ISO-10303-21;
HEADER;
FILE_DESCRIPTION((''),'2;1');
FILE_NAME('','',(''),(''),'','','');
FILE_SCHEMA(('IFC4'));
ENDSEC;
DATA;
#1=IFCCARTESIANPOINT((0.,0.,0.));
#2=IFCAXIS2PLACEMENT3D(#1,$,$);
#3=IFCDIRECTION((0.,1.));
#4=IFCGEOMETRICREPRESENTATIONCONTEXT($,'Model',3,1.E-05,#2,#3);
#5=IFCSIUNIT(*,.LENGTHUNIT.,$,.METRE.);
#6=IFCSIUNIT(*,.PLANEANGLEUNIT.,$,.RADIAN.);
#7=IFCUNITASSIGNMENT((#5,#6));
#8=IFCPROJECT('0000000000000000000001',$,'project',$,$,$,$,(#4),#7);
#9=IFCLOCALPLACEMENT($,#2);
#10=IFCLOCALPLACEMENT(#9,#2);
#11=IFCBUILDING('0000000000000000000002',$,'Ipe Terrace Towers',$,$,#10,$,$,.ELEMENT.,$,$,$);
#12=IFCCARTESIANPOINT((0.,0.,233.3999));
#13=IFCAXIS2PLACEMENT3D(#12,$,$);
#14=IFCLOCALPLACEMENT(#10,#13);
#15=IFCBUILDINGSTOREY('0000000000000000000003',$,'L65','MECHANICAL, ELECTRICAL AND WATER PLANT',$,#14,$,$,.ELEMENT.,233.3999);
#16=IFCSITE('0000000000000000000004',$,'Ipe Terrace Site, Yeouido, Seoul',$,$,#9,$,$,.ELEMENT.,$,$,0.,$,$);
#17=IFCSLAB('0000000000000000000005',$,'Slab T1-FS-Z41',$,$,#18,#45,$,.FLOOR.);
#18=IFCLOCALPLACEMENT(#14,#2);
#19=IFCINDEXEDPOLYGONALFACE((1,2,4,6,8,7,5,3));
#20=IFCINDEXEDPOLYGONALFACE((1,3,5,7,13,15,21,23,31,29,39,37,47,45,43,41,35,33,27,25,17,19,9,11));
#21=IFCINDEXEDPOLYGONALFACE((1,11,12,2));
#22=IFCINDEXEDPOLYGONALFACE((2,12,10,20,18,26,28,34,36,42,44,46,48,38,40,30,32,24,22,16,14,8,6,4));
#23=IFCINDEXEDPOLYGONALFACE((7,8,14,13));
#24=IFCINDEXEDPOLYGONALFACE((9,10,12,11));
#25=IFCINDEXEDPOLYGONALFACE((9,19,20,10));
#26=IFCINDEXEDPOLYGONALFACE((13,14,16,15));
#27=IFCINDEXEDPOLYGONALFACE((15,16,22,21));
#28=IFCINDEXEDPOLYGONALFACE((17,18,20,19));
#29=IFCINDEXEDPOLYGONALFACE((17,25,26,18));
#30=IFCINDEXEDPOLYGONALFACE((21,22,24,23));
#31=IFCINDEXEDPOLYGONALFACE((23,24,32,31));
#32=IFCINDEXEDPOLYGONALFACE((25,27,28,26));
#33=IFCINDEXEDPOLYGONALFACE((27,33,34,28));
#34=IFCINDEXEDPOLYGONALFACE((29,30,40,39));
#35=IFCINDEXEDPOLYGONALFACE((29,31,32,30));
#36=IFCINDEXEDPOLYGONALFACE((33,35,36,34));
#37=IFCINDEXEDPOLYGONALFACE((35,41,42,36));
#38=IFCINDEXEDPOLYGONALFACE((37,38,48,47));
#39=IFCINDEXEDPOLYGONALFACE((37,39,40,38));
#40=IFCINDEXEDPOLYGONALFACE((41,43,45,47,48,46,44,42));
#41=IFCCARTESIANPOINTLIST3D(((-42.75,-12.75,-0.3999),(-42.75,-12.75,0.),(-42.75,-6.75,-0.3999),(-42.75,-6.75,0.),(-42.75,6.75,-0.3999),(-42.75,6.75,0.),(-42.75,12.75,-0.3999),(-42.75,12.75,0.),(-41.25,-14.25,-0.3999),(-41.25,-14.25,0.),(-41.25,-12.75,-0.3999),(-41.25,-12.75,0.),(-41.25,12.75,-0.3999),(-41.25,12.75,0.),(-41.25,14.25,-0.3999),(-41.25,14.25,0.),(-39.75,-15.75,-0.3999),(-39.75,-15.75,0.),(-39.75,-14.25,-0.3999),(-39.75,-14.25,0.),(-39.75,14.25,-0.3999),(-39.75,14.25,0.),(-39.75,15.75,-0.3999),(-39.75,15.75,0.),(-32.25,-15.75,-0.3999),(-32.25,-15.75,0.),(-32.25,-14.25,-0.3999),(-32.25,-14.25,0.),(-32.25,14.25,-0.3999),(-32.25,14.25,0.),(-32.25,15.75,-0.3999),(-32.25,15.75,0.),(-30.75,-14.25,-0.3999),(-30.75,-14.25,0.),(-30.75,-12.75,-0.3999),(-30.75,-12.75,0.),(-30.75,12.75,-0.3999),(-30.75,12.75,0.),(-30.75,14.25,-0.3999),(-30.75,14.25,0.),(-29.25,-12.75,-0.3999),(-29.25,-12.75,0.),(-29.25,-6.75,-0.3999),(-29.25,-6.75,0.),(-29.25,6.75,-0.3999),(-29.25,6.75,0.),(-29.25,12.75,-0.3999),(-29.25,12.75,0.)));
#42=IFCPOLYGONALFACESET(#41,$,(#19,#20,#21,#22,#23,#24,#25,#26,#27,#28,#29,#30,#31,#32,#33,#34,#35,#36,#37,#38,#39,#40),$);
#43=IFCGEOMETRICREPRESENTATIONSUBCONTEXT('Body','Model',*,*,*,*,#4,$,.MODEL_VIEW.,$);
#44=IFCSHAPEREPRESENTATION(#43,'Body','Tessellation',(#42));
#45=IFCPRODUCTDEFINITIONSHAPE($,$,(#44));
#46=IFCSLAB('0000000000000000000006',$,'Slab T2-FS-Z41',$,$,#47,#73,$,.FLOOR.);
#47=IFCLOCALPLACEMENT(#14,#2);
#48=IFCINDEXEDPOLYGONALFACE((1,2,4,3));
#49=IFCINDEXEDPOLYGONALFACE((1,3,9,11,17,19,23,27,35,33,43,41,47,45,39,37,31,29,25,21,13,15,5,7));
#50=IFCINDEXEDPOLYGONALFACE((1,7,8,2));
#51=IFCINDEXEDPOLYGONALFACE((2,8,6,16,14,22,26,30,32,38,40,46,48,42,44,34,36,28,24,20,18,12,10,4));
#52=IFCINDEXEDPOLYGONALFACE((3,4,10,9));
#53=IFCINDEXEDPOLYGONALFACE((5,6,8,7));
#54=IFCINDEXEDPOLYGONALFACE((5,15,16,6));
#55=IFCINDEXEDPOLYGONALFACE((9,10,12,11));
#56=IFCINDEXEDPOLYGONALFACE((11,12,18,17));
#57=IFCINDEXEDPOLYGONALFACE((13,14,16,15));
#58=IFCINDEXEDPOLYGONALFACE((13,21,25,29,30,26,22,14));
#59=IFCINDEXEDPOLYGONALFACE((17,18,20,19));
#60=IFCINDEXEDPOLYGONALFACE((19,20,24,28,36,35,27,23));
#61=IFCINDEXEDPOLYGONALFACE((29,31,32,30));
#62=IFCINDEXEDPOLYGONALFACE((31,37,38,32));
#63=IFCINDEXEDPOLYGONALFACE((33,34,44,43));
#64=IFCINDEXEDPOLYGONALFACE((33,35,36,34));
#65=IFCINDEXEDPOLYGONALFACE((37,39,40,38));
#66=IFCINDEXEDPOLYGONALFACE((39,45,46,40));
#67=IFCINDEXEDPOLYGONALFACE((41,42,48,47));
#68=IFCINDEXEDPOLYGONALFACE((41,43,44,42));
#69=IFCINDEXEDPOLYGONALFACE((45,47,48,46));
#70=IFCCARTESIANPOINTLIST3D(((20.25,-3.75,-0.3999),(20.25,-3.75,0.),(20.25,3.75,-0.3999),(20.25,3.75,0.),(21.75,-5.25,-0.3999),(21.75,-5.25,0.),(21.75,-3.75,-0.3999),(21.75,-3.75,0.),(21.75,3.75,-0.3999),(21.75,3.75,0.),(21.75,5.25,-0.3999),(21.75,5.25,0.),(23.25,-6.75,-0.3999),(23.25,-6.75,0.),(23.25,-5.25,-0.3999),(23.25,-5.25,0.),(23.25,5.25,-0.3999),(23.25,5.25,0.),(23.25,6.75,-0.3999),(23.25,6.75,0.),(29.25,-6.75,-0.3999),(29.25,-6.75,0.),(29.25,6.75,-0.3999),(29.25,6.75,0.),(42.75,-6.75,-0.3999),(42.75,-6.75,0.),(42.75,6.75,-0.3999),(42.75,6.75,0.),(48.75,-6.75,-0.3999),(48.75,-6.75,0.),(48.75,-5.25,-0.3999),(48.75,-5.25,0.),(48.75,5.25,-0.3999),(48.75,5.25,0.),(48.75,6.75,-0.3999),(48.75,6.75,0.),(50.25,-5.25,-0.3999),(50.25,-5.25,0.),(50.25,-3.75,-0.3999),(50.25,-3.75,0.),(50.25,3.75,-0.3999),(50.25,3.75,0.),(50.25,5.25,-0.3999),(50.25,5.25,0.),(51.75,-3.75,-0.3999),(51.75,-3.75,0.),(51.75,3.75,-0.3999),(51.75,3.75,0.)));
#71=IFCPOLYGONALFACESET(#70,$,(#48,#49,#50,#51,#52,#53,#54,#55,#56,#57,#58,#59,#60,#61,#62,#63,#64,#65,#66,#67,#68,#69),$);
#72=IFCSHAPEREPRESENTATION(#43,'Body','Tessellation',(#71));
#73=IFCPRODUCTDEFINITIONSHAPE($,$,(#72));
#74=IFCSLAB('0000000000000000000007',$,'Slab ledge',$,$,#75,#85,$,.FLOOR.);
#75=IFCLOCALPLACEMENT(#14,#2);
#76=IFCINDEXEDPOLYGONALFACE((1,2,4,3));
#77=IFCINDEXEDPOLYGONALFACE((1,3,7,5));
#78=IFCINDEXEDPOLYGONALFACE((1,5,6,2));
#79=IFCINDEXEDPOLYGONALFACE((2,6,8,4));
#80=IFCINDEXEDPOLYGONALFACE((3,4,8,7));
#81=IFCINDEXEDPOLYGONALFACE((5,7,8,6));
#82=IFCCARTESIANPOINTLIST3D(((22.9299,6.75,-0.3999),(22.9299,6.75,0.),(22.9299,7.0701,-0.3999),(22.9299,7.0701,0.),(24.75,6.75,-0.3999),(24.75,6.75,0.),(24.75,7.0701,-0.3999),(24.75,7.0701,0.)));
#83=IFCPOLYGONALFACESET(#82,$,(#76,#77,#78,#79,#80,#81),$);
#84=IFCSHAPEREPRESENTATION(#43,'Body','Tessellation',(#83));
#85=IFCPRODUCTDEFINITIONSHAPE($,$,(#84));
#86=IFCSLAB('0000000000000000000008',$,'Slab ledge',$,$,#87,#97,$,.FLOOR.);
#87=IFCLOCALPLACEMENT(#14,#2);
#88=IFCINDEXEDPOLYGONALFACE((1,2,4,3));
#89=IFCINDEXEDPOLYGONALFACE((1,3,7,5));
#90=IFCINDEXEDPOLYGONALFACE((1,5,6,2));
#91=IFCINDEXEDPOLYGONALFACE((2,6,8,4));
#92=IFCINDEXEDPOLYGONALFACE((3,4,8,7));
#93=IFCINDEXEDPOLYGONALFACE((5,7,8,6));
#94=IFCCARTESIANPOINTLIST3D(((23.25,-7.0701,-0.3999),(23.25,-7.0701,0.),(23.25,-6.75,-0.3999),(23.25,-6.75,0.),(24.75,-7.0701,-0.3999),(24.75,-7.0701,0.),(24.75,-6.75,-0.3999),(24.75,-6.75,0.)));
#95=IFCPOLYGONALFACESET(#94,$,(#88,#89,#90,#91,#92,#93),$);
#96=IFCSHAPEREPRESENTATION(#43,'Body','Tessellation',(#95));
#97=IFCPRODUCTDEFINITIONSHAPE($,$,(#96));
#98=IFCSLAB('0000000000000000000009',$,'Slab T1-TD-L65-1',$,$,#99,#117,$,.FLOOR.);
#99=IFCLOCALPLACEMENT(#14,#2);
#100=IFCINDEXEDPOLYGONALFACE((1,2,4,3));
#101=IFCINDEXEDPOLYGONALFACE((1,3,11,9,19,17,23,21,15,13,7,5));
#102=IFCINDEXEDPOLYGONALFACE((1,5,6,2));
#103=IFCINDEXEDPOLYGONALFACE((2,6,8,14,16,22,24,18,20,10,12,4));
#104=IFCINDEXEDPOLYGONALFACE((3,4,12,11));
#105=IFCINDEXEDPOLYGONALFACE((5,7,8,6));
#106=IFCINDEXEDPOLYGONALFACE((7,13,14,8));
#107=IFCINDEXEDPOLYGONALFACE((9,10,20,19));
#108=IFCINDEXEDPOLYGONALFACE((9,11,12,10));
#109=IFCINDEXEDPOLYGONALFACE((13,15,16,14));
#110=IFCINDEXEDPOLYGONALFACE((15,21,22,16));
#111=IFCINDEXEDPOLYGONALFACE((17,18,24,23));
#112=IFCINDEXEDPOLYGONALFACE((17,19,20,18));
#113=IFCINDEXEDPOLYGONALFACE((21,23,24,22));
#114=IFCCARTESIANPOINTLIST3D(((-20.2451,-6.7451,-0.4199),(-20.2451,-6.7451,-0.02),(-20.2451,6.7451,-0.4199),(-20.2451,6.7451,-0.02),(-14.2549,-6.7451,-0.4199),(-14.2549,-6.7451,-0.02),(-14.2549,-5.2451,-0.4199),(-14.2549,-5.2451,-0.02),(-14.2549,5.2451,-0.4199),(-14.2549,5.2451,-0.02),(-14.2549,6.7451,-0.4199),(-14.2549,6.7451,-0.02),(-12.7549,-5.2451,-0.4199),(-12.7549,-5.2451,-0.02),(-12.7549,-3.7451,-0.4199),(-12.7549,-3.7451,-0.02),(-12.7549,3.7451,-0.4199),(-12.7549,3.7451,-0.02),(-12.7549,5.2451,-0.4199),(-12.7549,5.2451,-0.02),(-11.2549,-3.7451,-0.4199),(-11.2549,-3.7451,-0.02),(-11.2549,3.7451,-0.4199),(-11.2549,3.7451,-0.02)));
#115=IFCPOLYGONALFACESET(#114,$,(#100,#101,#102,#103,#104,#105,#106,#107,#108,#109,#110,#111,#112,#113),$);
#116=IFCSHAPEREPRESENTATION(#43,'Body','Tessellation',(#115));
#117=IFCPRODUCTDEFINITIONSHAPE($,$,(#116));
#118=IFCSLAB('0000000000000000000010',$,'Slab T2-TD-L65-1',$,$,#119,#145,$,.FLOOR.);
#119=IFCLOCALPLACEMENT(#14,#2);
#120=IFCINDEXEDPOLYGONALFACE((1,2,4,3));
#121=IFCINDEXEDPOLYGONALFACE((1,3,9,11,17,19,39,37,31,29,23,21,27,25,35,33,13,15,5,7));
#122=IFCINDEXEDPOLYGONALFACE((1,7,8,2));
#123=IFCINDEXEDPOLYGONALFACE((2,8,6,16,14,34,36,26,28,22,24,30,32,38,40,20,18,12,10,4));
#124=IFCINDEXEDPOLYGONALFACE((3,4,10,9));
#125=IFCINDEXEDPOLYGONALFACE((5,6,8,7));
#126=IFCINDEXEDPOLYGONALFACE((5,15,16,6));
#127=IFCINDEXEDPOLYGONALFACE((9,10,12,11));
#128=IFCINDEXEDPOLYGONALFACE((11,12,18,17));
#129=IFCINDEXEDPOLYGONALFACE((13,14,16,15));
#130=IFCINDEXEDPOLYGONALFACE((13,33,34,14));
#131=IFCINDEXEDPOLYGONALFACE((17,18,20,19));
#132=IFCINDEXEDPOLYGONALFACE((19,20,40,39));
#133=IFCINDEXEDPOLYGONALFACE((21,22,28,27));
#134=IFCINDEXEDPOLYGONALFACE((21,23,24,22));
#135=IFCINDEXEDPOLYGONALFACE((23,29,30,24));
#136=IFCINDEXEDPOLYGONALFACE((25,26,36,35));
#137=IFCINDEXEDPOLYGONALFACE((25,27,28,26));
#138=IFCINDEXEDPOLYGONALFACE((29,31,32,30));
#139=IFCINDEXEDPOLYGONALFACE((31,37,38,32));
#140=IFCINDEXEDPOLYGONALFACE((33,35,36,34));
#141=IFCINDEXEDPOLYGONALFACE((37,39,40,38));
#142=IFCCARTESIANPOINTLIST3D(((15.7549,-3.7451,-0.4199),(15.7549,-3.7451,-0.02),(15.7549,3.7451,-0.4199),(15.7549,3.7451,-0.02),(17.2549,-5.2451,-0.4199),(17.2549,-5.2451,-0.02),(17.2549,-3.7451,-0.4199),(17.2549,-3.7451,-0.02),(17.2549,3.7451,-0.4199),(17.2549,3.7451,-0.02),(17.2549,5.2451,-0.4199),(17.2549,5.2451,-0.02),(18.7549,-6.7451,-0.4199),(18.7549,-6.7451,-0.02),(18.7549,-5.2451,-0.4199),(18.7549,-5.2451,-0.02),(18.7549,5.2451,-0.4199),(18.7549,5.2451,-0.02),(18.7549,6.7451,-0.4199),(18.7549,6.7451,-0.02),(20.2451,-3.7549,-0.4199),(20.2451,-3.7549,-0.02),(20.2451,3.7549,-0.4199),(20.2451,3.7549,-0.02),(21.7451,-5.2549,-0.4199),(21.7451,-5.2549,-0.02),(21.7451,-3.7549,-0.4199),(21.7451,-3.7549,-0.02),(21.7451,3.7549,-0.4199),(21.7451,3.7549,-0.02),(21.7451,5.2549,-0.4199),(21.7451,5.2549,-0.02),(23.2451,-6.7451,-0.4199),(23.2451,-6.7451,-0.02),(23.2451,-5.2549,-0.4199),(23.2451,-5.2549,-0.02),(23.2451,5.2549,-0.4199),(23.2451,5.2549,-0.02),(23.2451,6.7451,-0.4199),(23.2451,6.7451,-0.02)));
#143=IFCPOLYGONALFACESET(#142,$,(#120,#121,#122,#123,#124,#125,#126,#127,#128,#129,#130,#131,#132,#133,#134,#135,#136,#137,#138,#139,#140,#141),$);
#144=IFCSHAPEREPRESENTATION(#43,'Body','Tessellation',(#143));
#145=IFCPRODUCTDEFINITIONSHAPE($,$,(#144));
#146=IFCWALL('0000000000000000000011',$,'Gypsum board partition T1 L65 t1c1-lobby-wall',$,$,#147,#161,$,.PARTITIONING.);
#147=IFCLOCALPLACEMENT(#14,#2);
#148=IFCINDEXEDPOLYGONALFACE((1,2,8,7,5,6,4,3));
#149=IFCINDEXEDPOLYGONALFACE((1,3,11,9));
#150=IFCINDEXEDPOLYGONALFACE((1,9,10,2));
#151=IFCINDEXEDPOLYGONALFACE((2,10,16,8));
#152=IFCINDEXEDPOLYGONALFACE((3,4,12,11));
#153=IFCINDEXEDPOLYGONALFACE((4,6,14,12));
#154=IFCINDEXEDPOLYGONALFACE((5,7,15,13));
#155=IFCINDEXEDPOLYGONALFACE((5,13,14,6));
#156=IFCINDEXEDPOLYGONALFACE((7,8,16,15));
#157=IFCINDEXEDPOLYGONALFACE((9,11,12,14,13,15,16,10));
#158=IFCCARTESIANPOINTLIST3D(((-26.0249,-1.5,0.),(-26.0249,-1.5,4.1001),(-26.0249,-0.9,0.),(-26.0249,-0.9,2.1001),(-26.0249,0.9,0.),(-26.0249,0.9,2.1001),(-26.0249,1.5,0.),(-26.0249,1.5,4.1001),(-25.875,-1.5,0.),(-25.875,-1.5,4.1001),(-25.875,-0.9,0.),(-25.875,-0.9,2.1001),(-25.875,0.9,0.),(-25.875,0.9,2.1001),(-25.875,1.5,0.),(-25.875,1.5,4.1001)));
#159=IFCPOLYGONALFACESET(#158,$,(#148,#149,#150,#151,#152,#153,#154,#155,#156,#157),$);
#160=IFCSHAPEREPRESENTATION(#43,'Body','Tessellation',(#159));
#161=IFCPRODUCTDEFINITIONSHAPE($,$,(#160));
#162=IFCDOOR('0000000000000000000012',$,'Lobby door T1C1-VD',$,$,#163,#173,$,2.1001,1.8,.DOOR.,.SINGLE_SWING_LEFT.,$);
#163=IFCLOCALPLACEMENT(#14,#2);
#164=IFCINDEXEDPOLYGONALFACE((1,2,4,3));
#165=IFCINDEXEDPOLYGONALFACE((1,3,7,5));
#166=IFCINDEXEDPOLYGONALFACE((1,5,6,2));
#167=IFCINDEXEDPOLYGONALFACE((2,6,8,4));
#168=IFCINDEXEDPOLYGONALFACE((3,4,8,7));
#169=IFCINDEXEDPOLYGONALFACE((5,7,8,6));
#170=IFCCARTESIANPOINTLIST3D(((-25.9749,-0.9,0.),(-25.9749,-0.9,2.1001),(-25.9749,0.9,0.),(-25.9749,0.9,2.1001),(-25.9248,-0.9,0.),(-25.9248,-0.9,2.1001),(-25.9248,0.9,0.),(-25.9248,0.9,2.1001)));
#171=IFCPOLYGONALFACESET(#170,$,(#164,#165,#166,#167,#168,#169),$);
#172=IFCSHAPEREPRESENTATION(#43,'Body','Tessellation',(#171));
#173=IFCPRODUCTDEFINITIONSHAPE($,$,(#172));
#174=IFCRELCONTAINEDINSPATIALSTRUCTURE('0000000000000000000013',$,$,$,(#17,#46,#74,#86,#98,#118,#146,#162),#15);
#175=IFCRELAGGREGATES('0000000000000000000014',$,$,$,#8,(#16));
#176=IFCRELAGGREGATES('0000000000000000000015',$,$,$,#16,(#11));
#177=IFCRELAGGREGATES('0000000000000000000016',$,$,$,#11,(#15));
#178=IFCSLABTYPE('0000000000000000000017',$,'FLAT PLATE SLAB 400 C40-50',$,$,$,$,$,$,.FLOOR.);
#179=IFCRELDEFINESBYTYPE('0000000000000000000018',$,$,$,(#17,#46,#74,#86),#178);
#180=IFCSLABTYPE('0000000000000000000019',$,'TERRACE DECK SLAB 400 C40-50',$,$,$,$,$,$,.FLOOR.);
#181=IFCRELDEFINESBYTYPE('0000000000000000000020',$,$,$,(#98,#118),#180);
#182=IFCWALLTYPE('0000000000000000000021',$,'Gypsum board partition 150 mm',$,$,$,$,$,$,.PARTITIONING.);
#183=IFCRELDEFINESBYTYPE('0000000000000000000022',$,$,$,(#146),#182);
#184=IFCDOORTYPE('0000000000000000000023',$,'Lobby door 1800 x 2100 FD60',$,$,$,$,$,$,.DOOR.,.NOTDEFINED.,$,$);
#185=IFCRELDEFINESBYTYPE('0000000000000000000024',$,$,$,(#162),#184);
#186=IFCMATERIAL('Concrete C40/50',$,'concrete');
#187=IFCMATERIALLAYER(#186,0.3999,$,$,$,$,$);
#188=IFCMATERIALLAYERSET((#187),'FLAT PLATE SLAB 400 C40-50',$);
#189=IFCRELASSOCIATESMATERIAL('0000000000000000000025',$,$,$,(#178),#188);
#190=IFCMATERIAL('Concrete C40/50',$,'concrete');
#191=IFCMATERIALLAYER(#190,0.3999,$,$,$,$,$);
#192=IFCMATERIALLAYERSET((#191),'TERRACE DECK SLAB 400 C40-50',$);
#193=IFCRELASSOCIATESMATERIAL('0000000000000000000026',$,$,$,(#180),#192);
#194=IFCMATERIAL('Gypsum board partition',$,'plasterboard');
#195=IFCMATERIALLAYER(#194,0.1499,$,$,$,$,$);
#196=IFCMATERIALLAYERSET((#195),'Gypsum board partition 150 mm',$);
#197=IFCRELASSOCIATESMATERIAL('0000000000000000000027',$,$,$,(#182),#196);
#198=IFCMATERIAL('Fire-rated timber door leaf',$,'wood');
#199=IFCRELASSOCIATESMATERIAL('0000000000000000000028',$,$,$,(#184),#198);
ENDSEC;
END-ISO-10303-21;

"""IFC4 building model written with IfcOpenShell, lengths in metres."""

from ifc_helpers import new_model, si_unit, direction, frame, frame_2d, origin, place, context, subcontext, project, spatial, polyline, rectangle, outline, extrude, material, layer, layer_set, type_object, element, fill, save


model = new_model("IFC4")

# Units and contexts
model_context = context("Model", 3, precision=1e-05, world=origin(), true_north=direction((0.0, 1.0)))
body_context = subcontext(model_context, "Body", "Model", "MODEL_VIEW")
ifc_project = project(units=[si_unit("LENGTHUNIT", "METRE"), si_unit("PLANEANGLEUNIT", "RADIAN")], contexts=[model_context])

# Site, building, storey
site_placement = place(None, origin())
site = spatial("IfcSite", under=ifc_project, at=site_placement, Name="Ipe Terrace Site, Yeouido, Seoul", CompositionType="ELEMENT", RefElevation=0.0)
building_placement = place(site_placement, origin())
building = spatial("IfcBuilding", under=site, at=building_placement, Name="Ipe Terrace Towers", CompositionType="ELEMENT")
storey_placement = place(building_placement, frame((0.0, 0.0, 233.3999)))
storey = spatial("IfcBuildingStorey", under=building, at=storey_placement, Name="L65", Description="MECHANICAL, ELECTRICAL AND WATER PLANT", CompositionType="ELEMENT", Elevation=233.3999)

# Slabs
ifc_material_1 = material(Name="Concrete C40/50", Category="concrete")
ifc_layer_1 = layer(ifc_material_1, 0.3999)
ifc_layer_set_1 = layer_set([ifc_layer_1], Name="FLAT PLATE SLAB 400 C40-50")
slab_type_1 = type_object("IfcSlabType", Name="FLAT PLATE SLAB 400 C40-50", PredefinedType="FLOOR", material=ifc_layer_set_1)
slab_1_placement = place(storey_placement, frame((0.0, 0.0, -0.3999)))
element("IfcSlab", 1, at=slab_1_placement, inside=storey, type_object=slab_type_1, Name="Slab T1-FS-Z41", PredefinedType="FLOOR", context=body_context, shape_type="SweptSolid", body=[
    extrude(outline(polyline([(-30.75, -12.75), (-30.75, -14.25), (-32.25, -14.25), (-32.25, -15.75), (-39.75, -15.75), (-39.75, -14.25), (-41.25, -14.25), (-41.25, -12.75), (-42.75, -12.75), (-42.75, -6.75), (-42.75, 6.75), (-42.75, 12.75), (-41.25, 12.75), (-41.25, 14.25), (-39.75, 14.25), (-39.75, 15.75), (-32.25, 15.75), (-32.25, 14.25), (-30.75, 14.25), (-30.75, 12.75), (-29.25, 12.75), (-29.25, 6.75), (-29.25, -6.75), (-29.25, -12.75), (-30.75, -12.75)])), origin(), (0.0, 0.0, 1.0), 0.3999),
])
slab_2_placement = place(storey_placement, frame((0.0, 0.0, -0.3999)))
element("IfcSlab", 2, at=slab_2_placement, inside=storey, type_object=slab_type_1, Name="Slab T2-FS-Z41", PredefinedType="FLOOR", context=body_context, shape_type="SweptSolid", body=[
    extrude(outline(polyline([(48.75, 5.25), (50.25, 5.25), (50.25, 3.75), (51.75, 3.75), (51.75, -3.75), (50.25, -3.75), (50.25, -5.25), (48.75, -5.25), (48.75, -6.75), (42.75, -6.75), (29.25, -6.75), (23.25, -6.75), (23.25, -5.25), (21.75, -5.25), (21.75, -3.75), (20.25, -3.75), (20.25, 3.75), (21.75, 3.75), (21.75, 5.25), (23.25, 5.25), (23.25, 6.75), (29.25, 6.75), (42.75, 6.75), (48.75, 6.75), (48.75, 5.25)])), origin(), (0.0, 0.0, 1.0), 0.3999),
])
slab_3_placement = place(storey_placement, frame((0.0, 0.0, -0.3999)))
element("IfcSlab", 3, at=slab_3_placement, inside=storey, type_object=slab_type_1, Name="Slab ledge", PredefinedType="FLOOR", context=body_context, shape_type="SweptSolid", body=[
    extrude(outline(polyline([(24.75, 6.75), (22.9299, 6.75), (22.9299, 7.0701), (24.75, 7.0701), (24.75, 6.75)])), origin(), (0.0, 0.0, 1.0), 0.3999),
])
slab_4_placement = place(storey_placement, frame((0.0, 0.0, -0.3999)))
element("IfcSlab", 4, at=slab_4_placement, inside=storey, type_object=slab_type_1, Name="Slab ledge", PredefinedType="FLOOR", context=body_context, shape_type="SweptSolid", body=[
    extrude(outline(polyline([(23.25, -6.75), (24.75, -6.75), (24.75, -7.0701), (23.25, -7.0701), (23.25, -6.75)])), origin(), (0.0, 0.0, 1.0), 0.3999),
])
ifc_material_2 = material(Name="Concrete C40/50", Category="concrete")
ifc_layer_2 = layer(ifc_material_2, 0.3999)
ifc_layer_set_2 = layer_set([ifc_layer_2], Name="TERRACE DECK SLAB 400 C40-50")
slab_type_2 = type_object("IfcSlabType", Name="TERRACE DECK SLAB 400 C40-50", PredefinedType="FLOOR", material=ifc_layer_set_2)
slab_5_placement = place(storey_placement, frame((0.0, 0.0, -0.4199)))
element("IfcSlab", 5, at=slab_5_placement, inside=storey, type_object=slab_type_2, Name="Slab T1-TD-L65-1", PredefinedType="FLOOR", context=body_context, shape_type="SweptSolid", body=[
    extrude(outline(polyline([(-20.2451, -6.7451), (-20.2451, 6.7451), (-14.2549, 6.7451), (-14.2549, 5.2451), (-12.7549, 5.2451), (-12.7549, 3.7451), (-11.2549, 3.7451), (-11.2549, -3.7451), (-12.7549, -3.7451), (-12.7549, -5.2451), (-14.2549, -5.2451), (-14.2549, -6.7451), (-20.2451, -6.7451)])), origin(), (0.0, 0.0, 1.0), 0.3999),
])
slab_6_placement = place(storey_placement, frame((0.0, 0.0, -0.4199)))
element("IfcSlab", 6, at=slab_6_placement, inside=storey, type_object=slab_type_2, Name="Slab T2-TD-L65-1", PredefinedType="FLOOR", context=body_context, shape_type="SweptSolid", body=[
    extrude(outline(polyline([(15.7549, -3.7451), (15.7549, 3.7451), (17.2549, 3.7451), (17.2549, 5.2451), (18.7549, 5.2451), (18.7549, 6.7451), (23.2451, 6.7451), (23.2451, 5.2549), (21.7451, 5.2549), (21.7451, 3.7549), (20.2451, 3.7549), (20.2451, -3.7549), (21.7451, -3.7549), (21.7451, -5.2549), (23.2451, -5.2549), (23.2451, -6.7451), (18.7549, -6.7451), (18.7549, -5.2451), (17.2549, -5.2451), (17.2549, -3.7451), (15.7549, -3.7451)])), origin(), (0.0, 0.0, 1.0), 0.3999),
])

# Wall, opening, door
ifc_material_3 = material(Name="Gypsum board partition", Category="plasterboard")
ifc_layer_3 = layer(ifc_material_3, 0.1499)
ifc_layer_set_3 = layer_set([ifc_layer_3], Name="Gypsum board partition 150 mm")
wall_type_1 = type_object("IfcWallType", Name="Gypsum board partition 150 mm", PredefinedType="PARTITIONING", material=ifc_layer_set_3)
wall_1_placement = place(storey_placement, frame((-25.95, -1.5, 0.0), z_axis=(0.0, 0.0, 1.0), x_axis=(0.0, 1.0, 0.0)))
wall_1 = element("IfcWall", 7, at=wall_1_placement, inside=storey, type_object=wall_type_1, Name="Gypsum board partition T1 L65 t1c1-lobby-wall", PredefinedType="PARTITIONING", context=body_context, shape_type="SweptSolid", body=[
    extrude(rectangle(XDim=3.0, YDim=0.1499, at=frame_2d((1.5, 0.0))), origin(), (0.0, 0.0, 1.0), 4.1001),
])
opening_1_placement = place(wall_1_placement, frame((0.6001, 0.0, 0.0)))
opening_1 = element("IfcOpeningElement", 8, at=opening_1_placement, cuts=wall_1, PredefinedType="OPENING", context=body_context, shape_type="SweptSolid", body=[
    extrude(rectangle(XDim=1.8, YDim=2.1001, at=frame_2d((0.8999, 1.05))), frame((0.0, 0.085, 0.0), z_axis=(0.0, -1.0, 0.0), x_axis=(1.0, 0.0, 0.0)), (0.0, 0.0, 1.0), 0.1699),
])
ifc_material_4 = material(Name="Fire-rated timber door leaf", Category="wood")
door_type_1 = type_object("IfcDoorType", Name="Lobby door 1800 x 2100 FD60", OperationType="NOTDEFINED", PredefinedType="DOOR", material=ifc_material_4)
door_1_placement = place(opening_1_placement, origin())
door_1 = element("IfcDoor", 9, at=door_1_placement, inside=storey, type_object=door_type_1, Name="Lobby door T1C1-VD", OperationType="SINGLE_SWING_LEFT", OverallHeight=2.1001, OverallWidth=1.8, PredefinedType="DOOR", context=body_context, shape_type="SweptSolid", body=[
    extrude(rectangle(XDim=1.8, YDim=2.1001, at=frame_2d((0.8999, 1.05))), frame((0.0, 0.0249, 0.0), z_axis=(0.0, -1.0, 0.0), x_axis=(1.0, 0.0, 0.0)), (0.0, 0.0, 1.0), 0.05),
])
fill(opening_1, door_1)

save(model, "model.ifc")
